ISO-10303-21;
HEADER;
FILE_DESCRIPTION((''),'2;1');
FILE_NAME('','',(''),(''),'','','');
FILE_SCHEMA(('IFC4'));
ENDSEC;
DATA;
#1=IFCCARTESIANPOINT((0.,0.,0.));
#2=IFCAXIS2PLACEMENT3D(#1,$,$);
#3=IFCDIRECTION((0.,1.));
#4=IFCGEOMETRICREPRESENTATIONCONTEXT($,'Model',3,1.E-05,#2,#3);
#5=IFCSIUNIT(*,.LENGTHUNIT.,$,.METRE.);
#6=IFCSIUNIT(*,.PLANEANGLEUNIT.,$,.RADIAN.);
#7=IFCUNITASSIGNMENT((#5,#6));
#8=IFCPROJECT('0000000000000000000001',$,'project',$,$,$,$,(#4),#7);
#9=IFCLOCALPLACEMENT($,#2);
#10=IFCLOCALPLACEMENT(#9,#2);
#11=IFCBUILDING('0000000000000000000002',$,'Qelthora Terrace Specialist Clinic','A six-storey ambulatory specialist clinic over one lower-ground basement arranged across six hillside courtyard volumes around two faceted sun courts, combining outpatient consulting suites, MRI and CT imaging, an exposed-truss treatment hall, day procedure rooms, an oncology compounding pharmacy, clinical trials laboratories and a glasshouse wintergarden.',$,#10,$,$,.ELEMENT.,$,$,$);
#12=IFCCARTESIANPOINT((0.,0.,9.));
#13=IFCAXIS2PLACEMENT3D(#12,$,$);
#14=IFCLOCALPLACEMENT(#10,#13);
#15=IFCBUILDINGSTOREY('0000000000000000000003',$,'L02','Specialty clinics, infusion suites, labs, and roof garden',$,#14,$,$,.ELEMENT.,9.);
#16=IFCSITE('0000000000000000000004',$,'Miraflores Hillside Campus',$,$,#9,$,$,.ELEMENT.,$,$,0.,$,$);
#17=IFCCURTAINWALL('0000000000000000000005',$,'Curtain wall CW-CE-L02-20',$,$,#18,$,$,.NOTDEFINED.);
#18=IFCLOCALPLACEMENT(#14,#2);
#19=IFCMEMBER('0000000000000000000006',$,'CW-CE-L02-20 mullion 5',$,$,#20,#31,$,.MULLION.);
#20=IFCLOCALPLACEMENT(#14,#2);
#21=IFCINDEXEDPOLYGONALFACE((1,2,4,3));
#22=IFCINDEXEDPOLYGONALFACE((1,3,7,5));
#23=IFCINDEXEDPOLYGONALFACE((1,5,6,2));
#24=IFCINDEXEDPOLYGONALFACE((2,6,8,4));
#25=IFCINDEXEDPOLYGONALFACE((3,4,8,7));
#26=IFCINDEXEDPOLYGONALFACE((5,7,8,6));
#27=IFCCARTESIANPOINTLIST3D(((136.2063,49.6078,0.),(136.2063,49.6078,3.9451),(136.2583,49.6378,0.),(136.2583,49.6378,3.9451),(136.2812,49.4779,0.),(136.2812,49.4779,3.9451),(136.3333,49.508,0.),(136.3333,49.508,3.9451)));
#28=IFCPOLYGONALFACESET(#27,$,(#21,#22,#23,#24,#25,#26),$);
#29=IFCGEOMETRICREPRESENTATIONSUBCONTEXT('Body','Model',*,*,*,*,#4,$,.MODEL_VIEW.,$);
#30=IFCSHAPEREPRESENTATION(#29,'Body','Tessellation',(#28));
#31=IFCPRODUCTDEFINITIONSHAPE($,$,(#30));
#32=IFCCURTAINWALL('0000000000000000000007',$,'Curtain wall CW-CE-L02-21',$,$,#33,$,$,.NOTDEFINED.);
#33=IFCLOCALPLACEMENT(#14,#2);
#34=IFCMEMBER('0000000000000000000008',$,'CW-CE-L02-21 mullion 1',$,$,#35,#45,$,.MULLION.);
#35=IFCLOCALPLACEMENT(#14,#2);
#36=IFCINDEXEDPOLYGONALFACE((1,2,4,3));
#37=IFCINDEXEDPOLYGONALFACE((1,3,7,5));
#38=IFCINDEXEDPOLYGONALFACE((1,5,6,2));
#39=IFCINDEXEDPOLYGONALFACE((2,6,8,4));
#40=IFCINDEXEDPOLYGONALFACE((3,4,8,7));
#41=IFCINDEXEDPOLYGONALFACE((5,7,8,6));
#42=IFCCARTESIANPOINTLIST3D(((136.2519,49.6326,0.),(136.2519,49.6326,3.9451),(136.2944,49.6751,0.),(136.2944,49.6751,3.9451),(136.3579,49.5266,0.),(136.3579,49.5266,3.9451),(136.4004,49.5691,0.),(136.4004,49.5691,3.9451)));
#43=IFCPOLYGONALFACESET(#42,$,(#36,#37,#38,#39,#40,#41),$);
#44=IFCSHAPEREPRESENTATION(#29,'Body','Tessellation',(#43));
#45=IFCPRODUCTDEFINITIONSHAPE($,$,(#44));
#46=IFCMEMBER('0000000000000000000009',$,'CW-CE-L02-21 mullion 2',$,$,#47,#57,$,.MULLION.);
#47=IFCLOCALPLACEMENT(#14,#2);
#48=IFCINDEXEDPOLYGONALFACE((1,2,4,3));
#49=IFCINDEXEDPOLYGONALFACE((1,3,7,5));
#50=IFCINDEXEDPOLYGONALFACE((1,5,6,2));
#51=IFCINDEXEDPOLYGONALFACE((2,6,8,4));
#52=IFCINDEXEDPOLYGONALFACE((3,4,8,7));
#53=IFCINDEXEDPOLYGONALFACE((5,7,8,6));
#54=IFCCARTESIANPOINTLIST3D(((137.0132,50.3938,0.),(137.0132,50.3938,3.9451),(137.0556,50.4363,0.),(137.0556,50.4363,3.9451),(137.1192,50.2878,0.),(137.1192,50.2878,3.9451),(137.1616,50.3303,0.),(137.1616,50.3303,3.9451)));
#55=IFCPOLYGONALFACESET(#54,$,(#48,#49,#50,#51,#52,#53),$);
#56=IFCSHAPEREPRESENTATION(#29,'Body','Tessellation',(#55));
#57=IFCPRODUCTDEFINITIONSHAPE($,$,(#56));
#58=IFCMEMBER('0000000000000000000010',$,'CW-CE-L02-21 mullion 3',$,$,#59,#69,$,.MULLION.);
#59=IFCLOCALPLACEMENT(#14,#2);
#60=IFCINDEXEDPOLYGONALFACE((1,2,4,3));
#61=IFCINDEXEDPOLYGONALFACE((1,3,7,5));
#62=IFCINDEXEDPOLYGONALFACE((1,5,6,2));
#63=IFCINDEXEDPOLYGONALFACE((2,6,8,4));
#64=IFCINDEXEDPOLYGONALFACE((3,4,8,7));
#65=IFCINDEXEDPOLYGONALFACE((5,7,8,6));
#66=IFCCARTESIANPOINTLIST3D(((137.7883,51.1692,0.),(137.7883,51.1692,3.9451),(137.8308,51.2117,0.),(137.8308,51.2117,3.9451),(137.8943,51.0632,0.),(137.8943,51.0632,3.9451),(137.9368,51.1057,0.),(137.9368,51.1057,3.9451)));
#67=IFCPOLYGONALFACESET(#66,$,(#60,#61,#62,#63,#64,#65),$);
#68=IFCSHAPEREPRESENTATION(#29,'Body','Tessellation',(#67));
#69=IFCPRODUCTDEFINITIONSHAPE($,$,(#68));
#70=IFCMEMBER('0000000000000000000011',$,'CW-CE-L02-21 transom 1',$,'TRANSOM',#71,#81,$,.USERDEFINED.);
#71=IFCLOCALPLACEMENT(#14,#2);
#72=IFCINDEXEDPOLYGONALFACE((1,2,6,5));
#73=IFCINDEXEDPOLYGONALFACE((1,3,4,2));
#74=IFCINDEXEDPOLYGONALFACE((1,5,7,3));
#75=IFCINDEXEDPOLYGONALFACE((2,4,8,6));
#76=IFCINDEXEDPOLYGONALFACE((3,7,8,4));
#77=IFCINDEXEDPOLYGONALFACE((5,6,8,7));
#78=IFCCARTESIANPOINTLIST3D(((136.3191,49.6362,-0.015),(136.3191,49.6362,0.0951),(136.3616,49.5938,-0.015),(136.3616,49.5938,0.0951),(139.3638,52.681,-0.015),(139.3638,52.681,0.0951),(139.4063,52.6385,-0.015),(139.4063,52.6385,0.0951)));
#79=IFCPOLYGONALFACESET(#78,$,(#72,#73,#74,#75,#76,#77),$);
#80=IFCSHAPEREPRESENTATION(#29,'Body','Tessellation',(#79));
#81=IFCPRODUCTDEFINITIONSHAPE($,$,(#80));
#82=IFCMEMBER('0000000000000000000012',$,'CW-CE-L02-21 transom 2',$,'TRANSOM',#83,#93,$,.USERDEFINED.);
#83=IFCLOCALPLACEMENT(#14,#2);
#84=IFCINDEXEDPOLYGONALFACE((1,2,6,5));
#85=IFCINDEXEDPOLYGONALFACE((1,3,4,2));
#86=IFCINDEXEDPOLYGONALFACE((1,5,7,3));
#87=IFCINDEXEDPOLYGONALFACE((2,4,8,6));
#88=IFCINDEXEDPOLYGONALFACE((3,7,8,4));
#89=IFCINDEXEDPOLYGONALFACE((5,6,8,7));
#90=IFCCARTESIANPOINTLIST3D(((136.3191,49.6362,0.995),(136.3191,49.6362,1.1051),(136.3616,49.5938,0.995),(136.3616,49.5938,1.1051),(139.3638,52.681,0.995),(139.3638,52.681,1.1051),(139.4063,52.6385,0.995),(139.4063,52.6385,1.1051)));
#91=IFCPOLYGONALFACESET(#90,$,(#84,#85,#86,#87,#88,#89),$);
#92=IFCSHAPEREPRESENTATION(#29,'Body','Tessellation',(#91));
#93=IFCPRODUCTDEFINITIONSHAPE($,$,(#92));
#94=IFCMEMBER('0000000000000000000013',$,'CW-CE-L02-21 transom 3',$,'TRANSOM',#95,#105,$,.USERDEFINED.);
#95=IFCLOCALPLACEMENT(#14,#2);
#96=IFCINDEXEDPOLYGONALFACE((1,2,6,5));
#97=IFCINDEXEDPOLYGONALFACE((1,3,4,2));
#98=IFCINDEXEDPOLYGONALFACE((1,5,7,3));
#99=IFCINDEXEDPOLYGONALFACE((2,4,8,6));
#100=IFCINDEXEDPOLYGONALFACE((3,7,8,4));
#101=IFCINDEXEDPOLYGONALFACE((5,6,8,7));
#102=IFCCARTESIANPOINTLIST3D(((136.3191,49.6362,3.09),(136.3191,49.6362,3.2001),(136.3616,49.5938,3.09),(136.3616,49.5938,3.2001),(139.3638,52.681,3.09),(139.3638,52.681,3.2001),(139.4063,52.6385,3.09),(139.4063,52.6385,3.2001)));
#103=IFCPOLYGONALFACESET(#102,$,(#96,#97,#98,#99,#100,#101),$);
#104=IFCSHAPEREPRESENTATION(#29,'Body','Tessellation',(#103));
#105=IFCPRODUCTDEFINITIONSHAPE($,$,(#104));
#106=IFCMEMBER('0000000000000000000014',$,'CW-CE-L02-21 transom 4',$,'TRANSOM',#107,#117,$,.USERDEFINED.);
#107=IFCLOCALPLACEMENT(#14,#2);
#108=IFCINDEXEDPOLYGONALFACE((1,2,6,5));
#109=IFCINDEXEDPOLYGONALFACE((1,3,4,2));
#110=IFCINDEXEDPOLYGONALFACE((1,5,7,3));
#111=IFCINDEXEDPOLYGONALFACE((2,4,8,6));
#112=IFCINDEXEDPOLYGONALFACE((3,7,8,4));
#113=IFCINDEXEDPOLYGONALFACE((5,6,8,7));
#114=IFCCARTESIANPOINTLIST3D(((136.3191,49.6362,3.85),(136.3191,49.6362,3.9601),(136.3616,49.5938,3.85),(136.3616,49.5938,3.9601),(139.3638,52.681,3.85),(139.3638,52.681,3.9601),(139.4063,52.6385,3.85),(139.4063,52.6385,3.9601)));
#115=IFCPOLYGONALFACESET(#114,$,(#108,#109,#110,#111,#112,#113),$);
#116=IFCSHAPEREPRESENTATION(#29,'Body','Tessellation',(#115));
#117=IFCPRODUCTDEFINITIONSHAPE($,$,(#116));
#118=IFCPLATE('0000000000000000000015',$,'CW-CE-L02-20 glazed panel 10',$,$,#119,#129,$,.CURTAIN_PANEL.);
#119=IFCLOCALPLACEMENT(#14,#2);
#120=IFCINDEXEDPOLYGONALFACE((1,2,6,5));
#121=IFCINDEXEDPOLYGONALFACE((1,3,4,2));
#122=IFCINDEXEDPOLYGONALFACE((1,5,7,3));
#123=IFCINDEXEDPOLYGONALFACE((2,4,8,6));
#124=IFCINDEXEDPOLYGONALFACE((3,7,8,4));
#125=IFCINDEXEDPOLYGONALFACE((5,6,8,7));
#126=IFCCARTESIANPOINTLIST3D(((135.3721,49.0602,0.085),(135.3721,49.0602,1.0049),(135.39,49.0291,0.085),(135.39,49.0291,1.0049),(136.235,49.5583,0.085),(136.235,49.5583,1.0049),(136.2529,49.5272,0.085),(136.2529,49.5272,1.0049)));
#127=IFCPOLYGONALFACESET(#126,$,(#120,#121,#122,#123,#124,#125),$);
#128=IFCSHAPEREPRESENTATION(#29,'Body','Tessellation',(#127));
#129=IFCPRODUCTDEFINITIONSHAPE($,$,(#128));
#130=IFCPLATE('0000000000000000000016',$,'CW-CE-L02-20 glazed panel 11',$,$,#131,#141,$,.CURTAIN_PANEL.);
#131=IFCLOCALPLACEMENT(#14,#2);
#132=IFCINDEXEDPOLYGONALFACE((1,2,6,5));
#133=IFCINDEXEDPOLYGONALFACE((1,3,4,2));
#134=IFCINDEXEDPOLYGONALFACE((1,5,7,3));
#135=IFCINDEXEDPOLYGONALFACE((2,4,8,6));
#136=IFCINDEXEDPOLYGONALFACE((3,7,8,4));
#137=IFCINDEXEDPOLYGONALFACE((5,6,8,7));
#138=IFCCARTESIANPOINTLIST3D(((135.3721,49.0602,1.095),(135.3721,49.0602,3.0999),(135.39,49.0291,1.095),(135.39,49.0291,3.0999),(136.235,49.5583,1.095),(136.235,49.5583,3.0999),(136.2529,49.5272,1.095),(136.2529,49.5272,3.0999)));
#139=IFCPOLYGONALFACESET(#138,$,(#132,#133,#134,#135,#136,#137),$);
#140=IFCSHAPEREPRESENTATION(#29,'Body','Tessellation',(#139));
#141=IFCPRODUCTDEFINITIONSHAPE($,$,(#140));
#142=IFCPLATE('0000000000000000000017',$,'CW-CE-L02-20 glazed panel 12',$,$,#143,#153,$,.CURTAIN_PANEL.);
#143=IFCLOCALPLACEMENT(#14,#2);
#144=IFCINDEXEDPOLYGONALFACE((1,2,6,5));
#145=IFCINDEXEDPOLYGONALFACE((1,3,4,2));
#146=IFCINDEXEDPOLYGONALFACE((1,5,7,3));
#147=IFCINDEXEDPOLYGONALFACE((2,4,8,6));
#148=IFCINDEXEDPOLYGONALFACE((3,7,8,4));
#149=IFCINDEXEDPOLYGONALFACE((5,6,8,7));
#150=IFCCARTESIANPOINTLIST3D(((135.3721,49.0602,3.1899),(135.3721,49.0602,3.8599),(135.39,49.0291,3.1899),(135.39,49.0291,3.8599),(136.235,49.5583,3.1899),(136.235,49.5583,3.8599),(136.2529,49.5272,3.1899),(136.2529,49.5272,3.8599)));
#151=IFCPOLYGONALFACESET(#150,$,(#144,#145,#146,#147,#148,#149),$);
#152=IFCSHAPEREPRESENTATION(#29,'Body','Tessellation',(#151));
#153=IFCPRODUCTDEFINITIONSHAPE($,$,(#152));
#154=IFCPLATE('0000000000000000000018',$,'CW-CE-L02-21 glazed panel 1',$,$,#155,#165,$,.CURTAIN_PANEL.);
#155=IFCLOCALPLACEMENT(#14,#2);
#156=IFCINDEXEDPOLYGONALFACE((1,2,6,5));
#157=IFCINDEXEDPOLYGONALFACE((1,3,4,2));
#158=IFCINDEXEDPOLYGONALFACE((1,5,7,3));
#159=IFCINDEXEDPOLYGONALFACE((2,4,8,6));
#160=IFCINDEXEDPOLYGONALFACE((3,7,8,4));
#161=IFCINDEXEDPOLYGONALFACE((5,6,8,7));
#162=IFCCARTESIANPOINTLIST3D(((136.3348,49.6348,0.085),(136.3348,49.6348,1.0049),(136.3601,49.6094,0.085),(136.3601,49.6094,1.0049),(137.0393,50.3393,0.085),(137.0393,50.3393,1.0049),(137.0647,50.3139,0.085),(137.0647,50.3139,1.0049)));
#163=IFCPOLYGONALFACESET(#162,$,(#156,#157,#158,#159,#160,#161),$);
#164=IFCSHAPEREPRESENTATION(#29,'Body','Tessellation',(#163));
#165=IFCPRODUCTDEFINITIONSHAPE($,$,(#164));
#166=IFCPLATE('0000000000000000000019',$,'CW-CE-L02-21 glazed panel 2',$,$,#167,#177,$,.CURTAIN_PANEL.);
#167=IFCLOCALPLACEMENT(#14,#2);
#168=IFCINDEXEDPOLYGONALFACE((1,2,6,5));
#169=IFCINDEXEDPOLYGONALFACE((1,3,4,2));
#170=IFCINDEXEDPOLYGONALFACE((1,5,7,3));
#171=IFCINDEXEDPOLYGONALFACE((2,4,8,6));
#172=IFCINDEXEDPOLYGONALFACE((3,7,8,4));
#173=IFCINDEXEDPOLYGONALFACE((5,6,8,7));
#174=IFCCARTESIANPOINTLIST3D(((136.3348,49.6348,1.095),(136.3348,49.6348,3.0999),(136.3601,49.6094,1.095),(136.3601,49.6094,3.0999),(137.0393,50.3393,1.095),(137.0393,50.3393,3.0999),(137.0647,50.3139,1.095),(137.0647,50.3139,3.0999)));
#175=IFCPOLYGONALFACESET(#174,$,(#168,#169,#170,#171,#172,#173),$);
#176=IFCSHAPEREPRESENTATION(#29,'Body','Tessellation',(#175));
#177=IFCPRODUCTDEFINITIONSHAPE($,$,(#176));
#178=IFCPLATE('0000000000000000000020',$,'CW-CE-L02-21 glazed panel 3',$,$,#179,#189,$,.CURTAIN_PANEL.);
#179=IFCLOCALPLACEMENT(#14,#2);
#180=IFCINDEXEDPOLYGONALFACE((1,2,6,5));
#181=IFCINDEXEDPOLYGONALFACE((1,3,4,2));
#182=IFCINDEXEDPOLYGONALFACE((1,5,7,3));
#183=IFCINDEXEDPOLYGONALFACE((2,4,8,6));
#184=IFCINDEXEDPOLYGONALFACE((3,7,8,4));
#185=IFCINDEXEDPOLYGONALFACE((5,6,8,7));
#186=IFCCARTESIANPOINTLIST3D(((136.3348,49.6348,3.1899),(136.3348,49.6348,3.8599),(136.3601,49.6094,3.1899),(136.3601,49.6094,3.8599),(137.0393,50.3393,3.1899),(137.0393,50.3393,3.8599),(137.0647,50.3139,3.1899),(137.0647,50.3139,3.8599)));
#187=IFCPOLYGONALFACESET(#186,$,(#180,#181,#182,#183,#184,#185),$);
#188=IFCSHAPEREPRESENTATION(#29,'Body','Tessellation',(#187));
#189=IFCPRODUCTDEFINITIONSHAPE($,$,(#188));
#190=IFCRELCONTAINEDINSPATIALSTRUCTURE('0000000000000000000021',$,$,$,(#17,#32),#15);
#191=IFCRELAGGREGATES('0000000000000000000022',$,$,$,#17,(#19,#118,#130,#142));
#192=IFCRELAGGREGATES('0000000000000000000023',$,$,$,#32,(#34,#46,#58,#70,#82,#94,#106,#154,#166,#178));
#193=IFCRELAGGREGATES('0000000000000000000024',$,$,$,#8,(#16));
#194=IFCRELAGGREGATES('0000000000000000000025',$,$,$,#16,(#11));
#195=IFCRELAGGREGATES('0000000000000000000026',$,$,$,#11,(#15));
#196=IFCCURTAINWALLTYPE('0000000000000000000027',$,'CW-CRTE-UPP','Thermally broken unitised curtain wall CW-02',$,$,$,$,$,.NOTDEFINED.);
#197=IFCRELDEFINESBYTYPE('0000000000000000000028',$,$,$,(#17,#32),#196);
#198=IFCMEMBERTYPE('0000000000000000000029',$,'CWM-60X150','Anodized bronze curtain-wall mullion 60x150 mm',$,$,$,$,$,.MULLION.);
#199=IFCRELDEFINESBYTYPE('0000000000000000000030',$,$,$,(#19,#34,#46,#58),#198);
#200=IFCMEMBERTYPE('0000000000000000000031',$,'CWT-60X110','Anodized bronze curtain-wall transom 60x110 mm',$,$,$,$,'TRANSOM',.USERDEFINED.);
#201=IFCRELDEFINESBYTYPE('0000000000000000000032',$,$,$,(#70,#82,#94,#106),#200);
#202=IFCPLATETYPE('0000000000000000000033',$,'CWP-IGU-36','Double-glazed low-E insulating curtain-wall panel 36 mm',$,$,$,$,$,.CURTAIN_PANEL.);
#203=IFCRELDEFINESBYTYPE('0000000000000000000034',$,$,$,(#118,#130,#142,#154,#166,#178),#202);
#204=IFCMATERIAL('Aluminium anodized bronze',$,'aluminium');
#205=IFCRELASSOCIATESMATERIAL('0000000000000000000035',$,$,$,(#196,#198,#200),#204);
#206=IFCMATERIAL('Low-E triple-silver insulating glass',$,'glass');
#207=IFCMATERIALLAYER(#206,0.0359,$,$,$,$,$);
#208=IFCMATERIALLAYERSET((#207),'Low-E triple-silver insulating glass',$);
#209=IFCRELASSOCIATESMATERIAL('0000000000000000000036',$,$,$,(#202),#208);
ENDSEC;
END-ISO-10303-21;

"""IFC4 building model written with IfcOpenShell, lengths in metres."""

from ifc_helpers import new_model, si_unit, direction, frame, origin, origin_2d, place, context, subcontext, project, spatial, rectangle, extrude, material, layer, layer_set, material_profile, profile_set, type_object, element, aggregate, save


model = new_model("IFC4")

# Units and contexts
model_context = context("Model", 3, precision=1e-05, world=origin(), true_north=direction((0.0, 1.0)))
body_context = subcontext(model_context, "Body", "Model", "MODEL_VIEW")
ifc_project = project(units=[si_unit("LENGTHUNIT", "METRE"), si_unit("PLANEANGLEUNIT", "RADIAN")], contexts=[model_context])

# Site, building, storey
site_placement = place(None, origin())
site = spatial("IfcSite", under=ifc_project, at=site_placement, Name="Miraflores Hillside Campus", CompositionType="ELEMENT", RefElevation=0.0)
building_placement = place(site_placement, origin())
building = spatial("IfcBuilding", under=site, at=building_placement, Name="Qelthora Terrace Specialist Clinic", Description="A six-storey ambulatory specialist clinic over one lower-ground basement arranged across six hillside courtyard volumes around two faceted sun courts, combining outpatient consulting suites, MRI and CT imaging, an exposed-truss treatment hall, day procedure rooms, an oncology compounding pharmacy, clinical trials laboratories and a glasshouse wintergarden.", CompositionType="ELEMENT")
storey_placement = place(building_placement, frame((0.0, 0.0, 9.0)))
storey = spatial("IfcBuildingStorey", under=building, at=storey_placement, Name="L02", Description="Specialty clinics, infusion suites, labs, and roof garden", CompositionType="ELEMENT", Elevation=9.0)

# Curtain wall, member
ifc_material_1 = material(Name="Aluminium anodized bronze", Category="aluminium")
curtain_wall_type = type_object("IfcCurtainWallType", Name="CW-CRTE-UPP", Description="Thermally broken unitised curtain wall CW-02", PredefinedType="NOTDEFINED", material=ifc_material_1)
curtain_wall_1_placement = place(storey_placement, origin())
curtain_wall_1 = element("IfcCurtainWall", 1, at=curtain_wall_1_placement, inside=storey, type_object=curtain_wall_type, Name="Curtain wall CW-CE-L02-20", PredefinedType="NOTDEFINED")
ifc_material_profile_1 = material_profile(ifc_material_1, rectangle(XDim=0.0601, YDim=0.1499, at=origin_2d()), Name="CWM60X150")
ifc_profile_set_1 = profile_set([ifc_material_profile_1], Name="Aluminium anodized bronze")
member_type_1 = type_object("IfcMemberType", Name="CWM-60X150", Description="Anodized bronze curtain-wall mullion 60x150 mm", PredefinedType="MULLION", material=ifc_profile_set_1)
member_1_placement = place(storey_placement, frame((136.2698, 49.5579, 0.0), z_axis=(0.0, 0.0, 1.0), x_axis=(0.866025, 0.5, 0.0)))
member_1 = element("IfcMember", 2, at=member_1_placement, type_object=member_type_1, Name="CW-CE-L02-20 mullion 5", PredefinedType="MULLION", context=body_context, shape_type="SweptSolid", body=[
    extrude(rectangle(XDim=0.0601, YDim=0.1499, at=origin_2d()), origin(), (0.0, 0.0, 1.0), 3.9451),
])

# Curtain wall, members
curtain_wall_2_placement = place(storey_placement, origin())
curtain_wall_2 = element("IfcCurtainWall", 3, at=curtain_wall_2_placement, inside=storey, type_object=curtain_wall_type, Name="Curtain wall CW-CE-L02-21", PredefinedType="NOTDEFINED")
member_2_placement = place(storey_placement, frame((136.3262, 49.6008, 0.0), z_axis=(0.0, 0.0, 1.0), x_axis=(0.707107, 0.707107, 0.0)))
member_2 = element("IfcMember", 4, at=member_2_placement, type_object=member_type_1, Name="CW-CE-L02-21 mullion 1", PredefinedType="MULLION", context=body_context, shape_type="SweptSolid", body=[
    extrude(rectangle(XDim=0.0601, YDim=0.1499, at=origin_2d()), origin(), (0.0, 0.0, 1.0), 3.9451),
])
member_3_placement = place(storey_placement, frame((137.0874, 50.3621, 0.0), z_axis=(0.0, 0.0, 1.0), x_axis=(0.707107, 0.707107, 0.0)))
member_3 = element("IfcMember", 5, at=member_3_placement, type_object=member_type_1, Name="CW-CE-L02-21 mullion 2", PredefinedType="MULLION", context=body_context, shape_type="SweptSolid", body=[
    extrude(rectangle(XDim=0.0601, YDim=0.1499, at=origin_2d()), origin(), (0.0, 0.0, 1.0), 3.9451),
])
member_4_placement = place(storey_placement, frame((137.8625, 51.1375, 0.0), z_axis=(0.0, 0.0, 1.0), x_axis=(0.707107, 0.707107, 0.0)))
member_4 = element("IfcMember", 6, at=member_4_placement, type_object=member_type_1, Name="CW-CE-L02-21 mullion 3", PredefinedType="MULLION", context=body_context, shape_type="SweptSolid", body=[
    extrude(rectangle(XDim=0.0601, YDim=0.1499, at=origin_2d()), origin(), (0.0, 0.0, 1.0), 3.9451),
])
ifc_material_profile_2 = material_profile(ifc_material_1, rectangle(XDim=0.0601, YDim=0.1101, at=origin_2d()), Name="CWT60X110")
ifc_profile_set_2 = profile_set([ifc_material_profile_2], Name="Aluminium anodized bronze")
member_type_2 = type_object("IfcMemberType", Name="CWT-60X110", Description="Anodized bronze curtain-wall transom 60x110 mm", ElementType="TRANSOM", PredefinedType="USERDEFINED", material=ifc_profile_set_2)
member_5_placement = place(storey_placement, frame((136.3403, 49.615, 0.04), z_axis=(0.707107, 0.707107, 0.0), x_axis=(-0.707107, 0.707107, 0.0)))
member_5 = element("IfcMember", 7, at=member_5_placement, type_object=member_type_2, Name="CW-CE-L02-21 transom 1", ObjectType="TRANSOM", PredefinedType="USERDEFINED", context=body_context, shape_type="SweptSolid", body=[
    extrude(rectangle(XDim=0.0601, YDim=0.1101, at=origin_2d()), origin(), (0.0, 0.0, 1.0), 4.3059),
])
member_6_placement = place(storey_placement, frame((136.3403, 49.615, 1.05), z_axis=(0.707107, 0.707107, 0.0), x_axis=(-0.707107, 0.707107, 0.0)))
member_6 = element("IfcMember", 8, at=member_6_placement, type_object=member_type_2, Name="CW-CE-L02-21 transom 2", ObjectType="TRANSOM", PredefinedType="USERDEFINED", context=body_context, shape_type="SweptSolid", body=[
    extrude(rectangle(XDim=0.0601, YDim=0.1101, at=origin_2d()), origin(), (0.0, 0.0, 1.0), 4.3059),
])
member_7_placement = place(storey_placement, frame((136.3403, 49.615, 3.145), z_axis=(0.707107, 0.707107, 0.0), x_axis=(-0.707107, 0.707107, 0.0)))
member_7 = element("IfcMember", 9, at=member_7_placement, type_object=member_type_2, Name="CW-CE-L02-21 transom 3", ObjectType="TRANSOM", PredefinedType="USERDEFINED", context=body_context, shape_type="SweptSolid", body=[
    extrude(rectangle(XDim=0.0601, YDim=0.1101, at=origin_2d()), origin(), (0.0, 0.0, 1.0), 4.3059),
])
member_8_placement = place(storey_placement, frame((136.3403, 49.615, 3.905), z_axis=(0.707107, 0.707107, 0.0), x_axis=(-0.707107, 0.707107, 0.0)))
member_8 = element("IfcMember", 10, at=member_8_placement, type_object=member_type_2, Name="CW-CE-L02-21 transom 4", ObjectType="TRANSOM", PredefinedType="USERDEFINED", context=body_context, shape_type="SweptSolid", body=[
    extrude(rectangle(XDim=0.0601, YDim=0.1101, at=origin_2d()), origin(), (0.0, 0.0, 1.0), 4.3059),
])

# Plates
ifc_material_2 = material(Name="Low-E triple-silver insulating glass", Category="glass")
ifc_layer_1 = layer(ifc_material_2, 0.0359)
ifc_layer_set_1 = layer_set([ifc_layer_1], Name="Low-E triple-silver insulating glass")
plate_type = type_object("IfcPlateType", Name="CWP-IGU-36", Description="Double-glazed low-E insulating curtain-wall panel 36 mm", PredefinedType="CURTAIN_PANEL", material=ifc_layer_set_1)
plate_1_placement = place(storey_placement, frame((135.8125, 49.2937, 0.085), z_axis=(0.0, 0.0, 1.0), x_axis=(0.866025, 0.5, 0.0)))
plate_1 = element("IfcPlate", 11, at=plate_1_placement, type_object=plate_type, Name="CW-CE-L02-20 glazed panel 10", PredefinedType="CURTAIN_PANEL", context=body_context, shape_type="SweptSolid", body=[
    extrude(rectangle(XDim=0.9963, YDim=0.0359, at=origin_2d()), origin(), (0.0, 0.0, 1.0), 0.9199),
])
plate_2_placement = place(storey_placement, frame((135.8125, 49.2937, 1.095), z_axis=(0.0, 0.0, 1.0), x_axis=(0.866025, 0.5, 0.0)))
plate_2 = element("IfcPlate", 12, at=plate_2_placement, type_object=plate_type, Name="CW-CE-L02-20 glazed panel 11", PredefinedType="CURTAIN_PANEL", context=body_context, shape_type="SweptSolid", body=[
    extrude(rectangle(XDim=0.9963, YDim=0.0359, at=origin_2d()), origin(), (0.0, 0.0, 1.0), 2.0049),
])
plate_3_placement = place(storey_placement, frame((135.8125, 49.2937, 3.1899), z_axis=(0.0, 0.0, 1.0), x_axis=(0.866025, 0.5, 0.0)))
plate_3 = element("IfcPlate", 13, at=plate_3_placement, type_object=plate_type, Name="CW-CE-L02-20 glazed panel 12", PredefinedType="CURTAIN_PANEL", context=body_context, shape_type="SweptSolid", body=[
    extrude(rectangle(XDim=0.9963, YDim=0.0359, at=origin_2d()), origin(), (0.0, 0.0, 1.0), 0.6699),
])
aggregate(curtain_wall_1, [member_1, plate_1, plate_2, plate_3])
plate_4_placement = place(storey_placement, frame((136.6997, 49.9744, 0.085), z_axis=(0.0, 0.0, 1.0), x_axis=(0.707107, 0.707107, 0.0)))
plate_4 = element("IfcPlate", 14, at=plate_4_placement, type_object=plate_type, Name="CW-CE-L02-21 glazed panel 1", PredefinedType="CURTAIN_PANEL", context=body_context, shape_type="SweptSolid", body=[
    extrude(rectangle(XDim=0.9963, YDim=0.0359, at=origin_2d()), origin(), (0.0, 0.0, 1.0), 0.9199),
])
plate_5_placement = place(storey_placement, frame((136.6997, 49.9744, 1.095), z_axis=(0.0, 0.0, 1.0), x_axis=(0.707107, 0.707107, 0.0)))
plate_5 = element("IfcPlate", 15, at=plate_5_placement, type_object=plate_type, Name="CW-CE-L02-21 glazed panel 2", PredefinedType="CURTAIN_PANEL", context=body_context, shape_type="SweptSolid", body=[
    extrude(rectangle(XDim=0.9963, YDim=0.0359, at=origin_2d()), origin(), (0.0, 0.0, 1.0), 2.0049),
])
plate_6_placement = place(storey_placement, frame((136.6997, 49.9744, 3.1899), z_axis=(0.0, 0.0, 1.0), x_axis=(0.707107, 0.707107, 0.0)))
plate_6 = element("IfcPlate", 16, at=plate_6_placement, type_object=plate_type, Name="CW-CE-L02-21 glazed panel 3", PredefinedType="CURTAIN_PANEL", context=body_context, shape_type="SweptSolid", body=[
    extrude(rectangle(XDim=0.9963, YDim=0.0359, at=origin_2d()), origin(), (0.0, 0.0, 1.0), 0.6699),
])
aggregate(curtain_wall_2, [member_2, member_3, member_4, member_5, member_6, member_7, member_8, plate_4, plate_5, plate_6])

save(model, "model.ifc")
